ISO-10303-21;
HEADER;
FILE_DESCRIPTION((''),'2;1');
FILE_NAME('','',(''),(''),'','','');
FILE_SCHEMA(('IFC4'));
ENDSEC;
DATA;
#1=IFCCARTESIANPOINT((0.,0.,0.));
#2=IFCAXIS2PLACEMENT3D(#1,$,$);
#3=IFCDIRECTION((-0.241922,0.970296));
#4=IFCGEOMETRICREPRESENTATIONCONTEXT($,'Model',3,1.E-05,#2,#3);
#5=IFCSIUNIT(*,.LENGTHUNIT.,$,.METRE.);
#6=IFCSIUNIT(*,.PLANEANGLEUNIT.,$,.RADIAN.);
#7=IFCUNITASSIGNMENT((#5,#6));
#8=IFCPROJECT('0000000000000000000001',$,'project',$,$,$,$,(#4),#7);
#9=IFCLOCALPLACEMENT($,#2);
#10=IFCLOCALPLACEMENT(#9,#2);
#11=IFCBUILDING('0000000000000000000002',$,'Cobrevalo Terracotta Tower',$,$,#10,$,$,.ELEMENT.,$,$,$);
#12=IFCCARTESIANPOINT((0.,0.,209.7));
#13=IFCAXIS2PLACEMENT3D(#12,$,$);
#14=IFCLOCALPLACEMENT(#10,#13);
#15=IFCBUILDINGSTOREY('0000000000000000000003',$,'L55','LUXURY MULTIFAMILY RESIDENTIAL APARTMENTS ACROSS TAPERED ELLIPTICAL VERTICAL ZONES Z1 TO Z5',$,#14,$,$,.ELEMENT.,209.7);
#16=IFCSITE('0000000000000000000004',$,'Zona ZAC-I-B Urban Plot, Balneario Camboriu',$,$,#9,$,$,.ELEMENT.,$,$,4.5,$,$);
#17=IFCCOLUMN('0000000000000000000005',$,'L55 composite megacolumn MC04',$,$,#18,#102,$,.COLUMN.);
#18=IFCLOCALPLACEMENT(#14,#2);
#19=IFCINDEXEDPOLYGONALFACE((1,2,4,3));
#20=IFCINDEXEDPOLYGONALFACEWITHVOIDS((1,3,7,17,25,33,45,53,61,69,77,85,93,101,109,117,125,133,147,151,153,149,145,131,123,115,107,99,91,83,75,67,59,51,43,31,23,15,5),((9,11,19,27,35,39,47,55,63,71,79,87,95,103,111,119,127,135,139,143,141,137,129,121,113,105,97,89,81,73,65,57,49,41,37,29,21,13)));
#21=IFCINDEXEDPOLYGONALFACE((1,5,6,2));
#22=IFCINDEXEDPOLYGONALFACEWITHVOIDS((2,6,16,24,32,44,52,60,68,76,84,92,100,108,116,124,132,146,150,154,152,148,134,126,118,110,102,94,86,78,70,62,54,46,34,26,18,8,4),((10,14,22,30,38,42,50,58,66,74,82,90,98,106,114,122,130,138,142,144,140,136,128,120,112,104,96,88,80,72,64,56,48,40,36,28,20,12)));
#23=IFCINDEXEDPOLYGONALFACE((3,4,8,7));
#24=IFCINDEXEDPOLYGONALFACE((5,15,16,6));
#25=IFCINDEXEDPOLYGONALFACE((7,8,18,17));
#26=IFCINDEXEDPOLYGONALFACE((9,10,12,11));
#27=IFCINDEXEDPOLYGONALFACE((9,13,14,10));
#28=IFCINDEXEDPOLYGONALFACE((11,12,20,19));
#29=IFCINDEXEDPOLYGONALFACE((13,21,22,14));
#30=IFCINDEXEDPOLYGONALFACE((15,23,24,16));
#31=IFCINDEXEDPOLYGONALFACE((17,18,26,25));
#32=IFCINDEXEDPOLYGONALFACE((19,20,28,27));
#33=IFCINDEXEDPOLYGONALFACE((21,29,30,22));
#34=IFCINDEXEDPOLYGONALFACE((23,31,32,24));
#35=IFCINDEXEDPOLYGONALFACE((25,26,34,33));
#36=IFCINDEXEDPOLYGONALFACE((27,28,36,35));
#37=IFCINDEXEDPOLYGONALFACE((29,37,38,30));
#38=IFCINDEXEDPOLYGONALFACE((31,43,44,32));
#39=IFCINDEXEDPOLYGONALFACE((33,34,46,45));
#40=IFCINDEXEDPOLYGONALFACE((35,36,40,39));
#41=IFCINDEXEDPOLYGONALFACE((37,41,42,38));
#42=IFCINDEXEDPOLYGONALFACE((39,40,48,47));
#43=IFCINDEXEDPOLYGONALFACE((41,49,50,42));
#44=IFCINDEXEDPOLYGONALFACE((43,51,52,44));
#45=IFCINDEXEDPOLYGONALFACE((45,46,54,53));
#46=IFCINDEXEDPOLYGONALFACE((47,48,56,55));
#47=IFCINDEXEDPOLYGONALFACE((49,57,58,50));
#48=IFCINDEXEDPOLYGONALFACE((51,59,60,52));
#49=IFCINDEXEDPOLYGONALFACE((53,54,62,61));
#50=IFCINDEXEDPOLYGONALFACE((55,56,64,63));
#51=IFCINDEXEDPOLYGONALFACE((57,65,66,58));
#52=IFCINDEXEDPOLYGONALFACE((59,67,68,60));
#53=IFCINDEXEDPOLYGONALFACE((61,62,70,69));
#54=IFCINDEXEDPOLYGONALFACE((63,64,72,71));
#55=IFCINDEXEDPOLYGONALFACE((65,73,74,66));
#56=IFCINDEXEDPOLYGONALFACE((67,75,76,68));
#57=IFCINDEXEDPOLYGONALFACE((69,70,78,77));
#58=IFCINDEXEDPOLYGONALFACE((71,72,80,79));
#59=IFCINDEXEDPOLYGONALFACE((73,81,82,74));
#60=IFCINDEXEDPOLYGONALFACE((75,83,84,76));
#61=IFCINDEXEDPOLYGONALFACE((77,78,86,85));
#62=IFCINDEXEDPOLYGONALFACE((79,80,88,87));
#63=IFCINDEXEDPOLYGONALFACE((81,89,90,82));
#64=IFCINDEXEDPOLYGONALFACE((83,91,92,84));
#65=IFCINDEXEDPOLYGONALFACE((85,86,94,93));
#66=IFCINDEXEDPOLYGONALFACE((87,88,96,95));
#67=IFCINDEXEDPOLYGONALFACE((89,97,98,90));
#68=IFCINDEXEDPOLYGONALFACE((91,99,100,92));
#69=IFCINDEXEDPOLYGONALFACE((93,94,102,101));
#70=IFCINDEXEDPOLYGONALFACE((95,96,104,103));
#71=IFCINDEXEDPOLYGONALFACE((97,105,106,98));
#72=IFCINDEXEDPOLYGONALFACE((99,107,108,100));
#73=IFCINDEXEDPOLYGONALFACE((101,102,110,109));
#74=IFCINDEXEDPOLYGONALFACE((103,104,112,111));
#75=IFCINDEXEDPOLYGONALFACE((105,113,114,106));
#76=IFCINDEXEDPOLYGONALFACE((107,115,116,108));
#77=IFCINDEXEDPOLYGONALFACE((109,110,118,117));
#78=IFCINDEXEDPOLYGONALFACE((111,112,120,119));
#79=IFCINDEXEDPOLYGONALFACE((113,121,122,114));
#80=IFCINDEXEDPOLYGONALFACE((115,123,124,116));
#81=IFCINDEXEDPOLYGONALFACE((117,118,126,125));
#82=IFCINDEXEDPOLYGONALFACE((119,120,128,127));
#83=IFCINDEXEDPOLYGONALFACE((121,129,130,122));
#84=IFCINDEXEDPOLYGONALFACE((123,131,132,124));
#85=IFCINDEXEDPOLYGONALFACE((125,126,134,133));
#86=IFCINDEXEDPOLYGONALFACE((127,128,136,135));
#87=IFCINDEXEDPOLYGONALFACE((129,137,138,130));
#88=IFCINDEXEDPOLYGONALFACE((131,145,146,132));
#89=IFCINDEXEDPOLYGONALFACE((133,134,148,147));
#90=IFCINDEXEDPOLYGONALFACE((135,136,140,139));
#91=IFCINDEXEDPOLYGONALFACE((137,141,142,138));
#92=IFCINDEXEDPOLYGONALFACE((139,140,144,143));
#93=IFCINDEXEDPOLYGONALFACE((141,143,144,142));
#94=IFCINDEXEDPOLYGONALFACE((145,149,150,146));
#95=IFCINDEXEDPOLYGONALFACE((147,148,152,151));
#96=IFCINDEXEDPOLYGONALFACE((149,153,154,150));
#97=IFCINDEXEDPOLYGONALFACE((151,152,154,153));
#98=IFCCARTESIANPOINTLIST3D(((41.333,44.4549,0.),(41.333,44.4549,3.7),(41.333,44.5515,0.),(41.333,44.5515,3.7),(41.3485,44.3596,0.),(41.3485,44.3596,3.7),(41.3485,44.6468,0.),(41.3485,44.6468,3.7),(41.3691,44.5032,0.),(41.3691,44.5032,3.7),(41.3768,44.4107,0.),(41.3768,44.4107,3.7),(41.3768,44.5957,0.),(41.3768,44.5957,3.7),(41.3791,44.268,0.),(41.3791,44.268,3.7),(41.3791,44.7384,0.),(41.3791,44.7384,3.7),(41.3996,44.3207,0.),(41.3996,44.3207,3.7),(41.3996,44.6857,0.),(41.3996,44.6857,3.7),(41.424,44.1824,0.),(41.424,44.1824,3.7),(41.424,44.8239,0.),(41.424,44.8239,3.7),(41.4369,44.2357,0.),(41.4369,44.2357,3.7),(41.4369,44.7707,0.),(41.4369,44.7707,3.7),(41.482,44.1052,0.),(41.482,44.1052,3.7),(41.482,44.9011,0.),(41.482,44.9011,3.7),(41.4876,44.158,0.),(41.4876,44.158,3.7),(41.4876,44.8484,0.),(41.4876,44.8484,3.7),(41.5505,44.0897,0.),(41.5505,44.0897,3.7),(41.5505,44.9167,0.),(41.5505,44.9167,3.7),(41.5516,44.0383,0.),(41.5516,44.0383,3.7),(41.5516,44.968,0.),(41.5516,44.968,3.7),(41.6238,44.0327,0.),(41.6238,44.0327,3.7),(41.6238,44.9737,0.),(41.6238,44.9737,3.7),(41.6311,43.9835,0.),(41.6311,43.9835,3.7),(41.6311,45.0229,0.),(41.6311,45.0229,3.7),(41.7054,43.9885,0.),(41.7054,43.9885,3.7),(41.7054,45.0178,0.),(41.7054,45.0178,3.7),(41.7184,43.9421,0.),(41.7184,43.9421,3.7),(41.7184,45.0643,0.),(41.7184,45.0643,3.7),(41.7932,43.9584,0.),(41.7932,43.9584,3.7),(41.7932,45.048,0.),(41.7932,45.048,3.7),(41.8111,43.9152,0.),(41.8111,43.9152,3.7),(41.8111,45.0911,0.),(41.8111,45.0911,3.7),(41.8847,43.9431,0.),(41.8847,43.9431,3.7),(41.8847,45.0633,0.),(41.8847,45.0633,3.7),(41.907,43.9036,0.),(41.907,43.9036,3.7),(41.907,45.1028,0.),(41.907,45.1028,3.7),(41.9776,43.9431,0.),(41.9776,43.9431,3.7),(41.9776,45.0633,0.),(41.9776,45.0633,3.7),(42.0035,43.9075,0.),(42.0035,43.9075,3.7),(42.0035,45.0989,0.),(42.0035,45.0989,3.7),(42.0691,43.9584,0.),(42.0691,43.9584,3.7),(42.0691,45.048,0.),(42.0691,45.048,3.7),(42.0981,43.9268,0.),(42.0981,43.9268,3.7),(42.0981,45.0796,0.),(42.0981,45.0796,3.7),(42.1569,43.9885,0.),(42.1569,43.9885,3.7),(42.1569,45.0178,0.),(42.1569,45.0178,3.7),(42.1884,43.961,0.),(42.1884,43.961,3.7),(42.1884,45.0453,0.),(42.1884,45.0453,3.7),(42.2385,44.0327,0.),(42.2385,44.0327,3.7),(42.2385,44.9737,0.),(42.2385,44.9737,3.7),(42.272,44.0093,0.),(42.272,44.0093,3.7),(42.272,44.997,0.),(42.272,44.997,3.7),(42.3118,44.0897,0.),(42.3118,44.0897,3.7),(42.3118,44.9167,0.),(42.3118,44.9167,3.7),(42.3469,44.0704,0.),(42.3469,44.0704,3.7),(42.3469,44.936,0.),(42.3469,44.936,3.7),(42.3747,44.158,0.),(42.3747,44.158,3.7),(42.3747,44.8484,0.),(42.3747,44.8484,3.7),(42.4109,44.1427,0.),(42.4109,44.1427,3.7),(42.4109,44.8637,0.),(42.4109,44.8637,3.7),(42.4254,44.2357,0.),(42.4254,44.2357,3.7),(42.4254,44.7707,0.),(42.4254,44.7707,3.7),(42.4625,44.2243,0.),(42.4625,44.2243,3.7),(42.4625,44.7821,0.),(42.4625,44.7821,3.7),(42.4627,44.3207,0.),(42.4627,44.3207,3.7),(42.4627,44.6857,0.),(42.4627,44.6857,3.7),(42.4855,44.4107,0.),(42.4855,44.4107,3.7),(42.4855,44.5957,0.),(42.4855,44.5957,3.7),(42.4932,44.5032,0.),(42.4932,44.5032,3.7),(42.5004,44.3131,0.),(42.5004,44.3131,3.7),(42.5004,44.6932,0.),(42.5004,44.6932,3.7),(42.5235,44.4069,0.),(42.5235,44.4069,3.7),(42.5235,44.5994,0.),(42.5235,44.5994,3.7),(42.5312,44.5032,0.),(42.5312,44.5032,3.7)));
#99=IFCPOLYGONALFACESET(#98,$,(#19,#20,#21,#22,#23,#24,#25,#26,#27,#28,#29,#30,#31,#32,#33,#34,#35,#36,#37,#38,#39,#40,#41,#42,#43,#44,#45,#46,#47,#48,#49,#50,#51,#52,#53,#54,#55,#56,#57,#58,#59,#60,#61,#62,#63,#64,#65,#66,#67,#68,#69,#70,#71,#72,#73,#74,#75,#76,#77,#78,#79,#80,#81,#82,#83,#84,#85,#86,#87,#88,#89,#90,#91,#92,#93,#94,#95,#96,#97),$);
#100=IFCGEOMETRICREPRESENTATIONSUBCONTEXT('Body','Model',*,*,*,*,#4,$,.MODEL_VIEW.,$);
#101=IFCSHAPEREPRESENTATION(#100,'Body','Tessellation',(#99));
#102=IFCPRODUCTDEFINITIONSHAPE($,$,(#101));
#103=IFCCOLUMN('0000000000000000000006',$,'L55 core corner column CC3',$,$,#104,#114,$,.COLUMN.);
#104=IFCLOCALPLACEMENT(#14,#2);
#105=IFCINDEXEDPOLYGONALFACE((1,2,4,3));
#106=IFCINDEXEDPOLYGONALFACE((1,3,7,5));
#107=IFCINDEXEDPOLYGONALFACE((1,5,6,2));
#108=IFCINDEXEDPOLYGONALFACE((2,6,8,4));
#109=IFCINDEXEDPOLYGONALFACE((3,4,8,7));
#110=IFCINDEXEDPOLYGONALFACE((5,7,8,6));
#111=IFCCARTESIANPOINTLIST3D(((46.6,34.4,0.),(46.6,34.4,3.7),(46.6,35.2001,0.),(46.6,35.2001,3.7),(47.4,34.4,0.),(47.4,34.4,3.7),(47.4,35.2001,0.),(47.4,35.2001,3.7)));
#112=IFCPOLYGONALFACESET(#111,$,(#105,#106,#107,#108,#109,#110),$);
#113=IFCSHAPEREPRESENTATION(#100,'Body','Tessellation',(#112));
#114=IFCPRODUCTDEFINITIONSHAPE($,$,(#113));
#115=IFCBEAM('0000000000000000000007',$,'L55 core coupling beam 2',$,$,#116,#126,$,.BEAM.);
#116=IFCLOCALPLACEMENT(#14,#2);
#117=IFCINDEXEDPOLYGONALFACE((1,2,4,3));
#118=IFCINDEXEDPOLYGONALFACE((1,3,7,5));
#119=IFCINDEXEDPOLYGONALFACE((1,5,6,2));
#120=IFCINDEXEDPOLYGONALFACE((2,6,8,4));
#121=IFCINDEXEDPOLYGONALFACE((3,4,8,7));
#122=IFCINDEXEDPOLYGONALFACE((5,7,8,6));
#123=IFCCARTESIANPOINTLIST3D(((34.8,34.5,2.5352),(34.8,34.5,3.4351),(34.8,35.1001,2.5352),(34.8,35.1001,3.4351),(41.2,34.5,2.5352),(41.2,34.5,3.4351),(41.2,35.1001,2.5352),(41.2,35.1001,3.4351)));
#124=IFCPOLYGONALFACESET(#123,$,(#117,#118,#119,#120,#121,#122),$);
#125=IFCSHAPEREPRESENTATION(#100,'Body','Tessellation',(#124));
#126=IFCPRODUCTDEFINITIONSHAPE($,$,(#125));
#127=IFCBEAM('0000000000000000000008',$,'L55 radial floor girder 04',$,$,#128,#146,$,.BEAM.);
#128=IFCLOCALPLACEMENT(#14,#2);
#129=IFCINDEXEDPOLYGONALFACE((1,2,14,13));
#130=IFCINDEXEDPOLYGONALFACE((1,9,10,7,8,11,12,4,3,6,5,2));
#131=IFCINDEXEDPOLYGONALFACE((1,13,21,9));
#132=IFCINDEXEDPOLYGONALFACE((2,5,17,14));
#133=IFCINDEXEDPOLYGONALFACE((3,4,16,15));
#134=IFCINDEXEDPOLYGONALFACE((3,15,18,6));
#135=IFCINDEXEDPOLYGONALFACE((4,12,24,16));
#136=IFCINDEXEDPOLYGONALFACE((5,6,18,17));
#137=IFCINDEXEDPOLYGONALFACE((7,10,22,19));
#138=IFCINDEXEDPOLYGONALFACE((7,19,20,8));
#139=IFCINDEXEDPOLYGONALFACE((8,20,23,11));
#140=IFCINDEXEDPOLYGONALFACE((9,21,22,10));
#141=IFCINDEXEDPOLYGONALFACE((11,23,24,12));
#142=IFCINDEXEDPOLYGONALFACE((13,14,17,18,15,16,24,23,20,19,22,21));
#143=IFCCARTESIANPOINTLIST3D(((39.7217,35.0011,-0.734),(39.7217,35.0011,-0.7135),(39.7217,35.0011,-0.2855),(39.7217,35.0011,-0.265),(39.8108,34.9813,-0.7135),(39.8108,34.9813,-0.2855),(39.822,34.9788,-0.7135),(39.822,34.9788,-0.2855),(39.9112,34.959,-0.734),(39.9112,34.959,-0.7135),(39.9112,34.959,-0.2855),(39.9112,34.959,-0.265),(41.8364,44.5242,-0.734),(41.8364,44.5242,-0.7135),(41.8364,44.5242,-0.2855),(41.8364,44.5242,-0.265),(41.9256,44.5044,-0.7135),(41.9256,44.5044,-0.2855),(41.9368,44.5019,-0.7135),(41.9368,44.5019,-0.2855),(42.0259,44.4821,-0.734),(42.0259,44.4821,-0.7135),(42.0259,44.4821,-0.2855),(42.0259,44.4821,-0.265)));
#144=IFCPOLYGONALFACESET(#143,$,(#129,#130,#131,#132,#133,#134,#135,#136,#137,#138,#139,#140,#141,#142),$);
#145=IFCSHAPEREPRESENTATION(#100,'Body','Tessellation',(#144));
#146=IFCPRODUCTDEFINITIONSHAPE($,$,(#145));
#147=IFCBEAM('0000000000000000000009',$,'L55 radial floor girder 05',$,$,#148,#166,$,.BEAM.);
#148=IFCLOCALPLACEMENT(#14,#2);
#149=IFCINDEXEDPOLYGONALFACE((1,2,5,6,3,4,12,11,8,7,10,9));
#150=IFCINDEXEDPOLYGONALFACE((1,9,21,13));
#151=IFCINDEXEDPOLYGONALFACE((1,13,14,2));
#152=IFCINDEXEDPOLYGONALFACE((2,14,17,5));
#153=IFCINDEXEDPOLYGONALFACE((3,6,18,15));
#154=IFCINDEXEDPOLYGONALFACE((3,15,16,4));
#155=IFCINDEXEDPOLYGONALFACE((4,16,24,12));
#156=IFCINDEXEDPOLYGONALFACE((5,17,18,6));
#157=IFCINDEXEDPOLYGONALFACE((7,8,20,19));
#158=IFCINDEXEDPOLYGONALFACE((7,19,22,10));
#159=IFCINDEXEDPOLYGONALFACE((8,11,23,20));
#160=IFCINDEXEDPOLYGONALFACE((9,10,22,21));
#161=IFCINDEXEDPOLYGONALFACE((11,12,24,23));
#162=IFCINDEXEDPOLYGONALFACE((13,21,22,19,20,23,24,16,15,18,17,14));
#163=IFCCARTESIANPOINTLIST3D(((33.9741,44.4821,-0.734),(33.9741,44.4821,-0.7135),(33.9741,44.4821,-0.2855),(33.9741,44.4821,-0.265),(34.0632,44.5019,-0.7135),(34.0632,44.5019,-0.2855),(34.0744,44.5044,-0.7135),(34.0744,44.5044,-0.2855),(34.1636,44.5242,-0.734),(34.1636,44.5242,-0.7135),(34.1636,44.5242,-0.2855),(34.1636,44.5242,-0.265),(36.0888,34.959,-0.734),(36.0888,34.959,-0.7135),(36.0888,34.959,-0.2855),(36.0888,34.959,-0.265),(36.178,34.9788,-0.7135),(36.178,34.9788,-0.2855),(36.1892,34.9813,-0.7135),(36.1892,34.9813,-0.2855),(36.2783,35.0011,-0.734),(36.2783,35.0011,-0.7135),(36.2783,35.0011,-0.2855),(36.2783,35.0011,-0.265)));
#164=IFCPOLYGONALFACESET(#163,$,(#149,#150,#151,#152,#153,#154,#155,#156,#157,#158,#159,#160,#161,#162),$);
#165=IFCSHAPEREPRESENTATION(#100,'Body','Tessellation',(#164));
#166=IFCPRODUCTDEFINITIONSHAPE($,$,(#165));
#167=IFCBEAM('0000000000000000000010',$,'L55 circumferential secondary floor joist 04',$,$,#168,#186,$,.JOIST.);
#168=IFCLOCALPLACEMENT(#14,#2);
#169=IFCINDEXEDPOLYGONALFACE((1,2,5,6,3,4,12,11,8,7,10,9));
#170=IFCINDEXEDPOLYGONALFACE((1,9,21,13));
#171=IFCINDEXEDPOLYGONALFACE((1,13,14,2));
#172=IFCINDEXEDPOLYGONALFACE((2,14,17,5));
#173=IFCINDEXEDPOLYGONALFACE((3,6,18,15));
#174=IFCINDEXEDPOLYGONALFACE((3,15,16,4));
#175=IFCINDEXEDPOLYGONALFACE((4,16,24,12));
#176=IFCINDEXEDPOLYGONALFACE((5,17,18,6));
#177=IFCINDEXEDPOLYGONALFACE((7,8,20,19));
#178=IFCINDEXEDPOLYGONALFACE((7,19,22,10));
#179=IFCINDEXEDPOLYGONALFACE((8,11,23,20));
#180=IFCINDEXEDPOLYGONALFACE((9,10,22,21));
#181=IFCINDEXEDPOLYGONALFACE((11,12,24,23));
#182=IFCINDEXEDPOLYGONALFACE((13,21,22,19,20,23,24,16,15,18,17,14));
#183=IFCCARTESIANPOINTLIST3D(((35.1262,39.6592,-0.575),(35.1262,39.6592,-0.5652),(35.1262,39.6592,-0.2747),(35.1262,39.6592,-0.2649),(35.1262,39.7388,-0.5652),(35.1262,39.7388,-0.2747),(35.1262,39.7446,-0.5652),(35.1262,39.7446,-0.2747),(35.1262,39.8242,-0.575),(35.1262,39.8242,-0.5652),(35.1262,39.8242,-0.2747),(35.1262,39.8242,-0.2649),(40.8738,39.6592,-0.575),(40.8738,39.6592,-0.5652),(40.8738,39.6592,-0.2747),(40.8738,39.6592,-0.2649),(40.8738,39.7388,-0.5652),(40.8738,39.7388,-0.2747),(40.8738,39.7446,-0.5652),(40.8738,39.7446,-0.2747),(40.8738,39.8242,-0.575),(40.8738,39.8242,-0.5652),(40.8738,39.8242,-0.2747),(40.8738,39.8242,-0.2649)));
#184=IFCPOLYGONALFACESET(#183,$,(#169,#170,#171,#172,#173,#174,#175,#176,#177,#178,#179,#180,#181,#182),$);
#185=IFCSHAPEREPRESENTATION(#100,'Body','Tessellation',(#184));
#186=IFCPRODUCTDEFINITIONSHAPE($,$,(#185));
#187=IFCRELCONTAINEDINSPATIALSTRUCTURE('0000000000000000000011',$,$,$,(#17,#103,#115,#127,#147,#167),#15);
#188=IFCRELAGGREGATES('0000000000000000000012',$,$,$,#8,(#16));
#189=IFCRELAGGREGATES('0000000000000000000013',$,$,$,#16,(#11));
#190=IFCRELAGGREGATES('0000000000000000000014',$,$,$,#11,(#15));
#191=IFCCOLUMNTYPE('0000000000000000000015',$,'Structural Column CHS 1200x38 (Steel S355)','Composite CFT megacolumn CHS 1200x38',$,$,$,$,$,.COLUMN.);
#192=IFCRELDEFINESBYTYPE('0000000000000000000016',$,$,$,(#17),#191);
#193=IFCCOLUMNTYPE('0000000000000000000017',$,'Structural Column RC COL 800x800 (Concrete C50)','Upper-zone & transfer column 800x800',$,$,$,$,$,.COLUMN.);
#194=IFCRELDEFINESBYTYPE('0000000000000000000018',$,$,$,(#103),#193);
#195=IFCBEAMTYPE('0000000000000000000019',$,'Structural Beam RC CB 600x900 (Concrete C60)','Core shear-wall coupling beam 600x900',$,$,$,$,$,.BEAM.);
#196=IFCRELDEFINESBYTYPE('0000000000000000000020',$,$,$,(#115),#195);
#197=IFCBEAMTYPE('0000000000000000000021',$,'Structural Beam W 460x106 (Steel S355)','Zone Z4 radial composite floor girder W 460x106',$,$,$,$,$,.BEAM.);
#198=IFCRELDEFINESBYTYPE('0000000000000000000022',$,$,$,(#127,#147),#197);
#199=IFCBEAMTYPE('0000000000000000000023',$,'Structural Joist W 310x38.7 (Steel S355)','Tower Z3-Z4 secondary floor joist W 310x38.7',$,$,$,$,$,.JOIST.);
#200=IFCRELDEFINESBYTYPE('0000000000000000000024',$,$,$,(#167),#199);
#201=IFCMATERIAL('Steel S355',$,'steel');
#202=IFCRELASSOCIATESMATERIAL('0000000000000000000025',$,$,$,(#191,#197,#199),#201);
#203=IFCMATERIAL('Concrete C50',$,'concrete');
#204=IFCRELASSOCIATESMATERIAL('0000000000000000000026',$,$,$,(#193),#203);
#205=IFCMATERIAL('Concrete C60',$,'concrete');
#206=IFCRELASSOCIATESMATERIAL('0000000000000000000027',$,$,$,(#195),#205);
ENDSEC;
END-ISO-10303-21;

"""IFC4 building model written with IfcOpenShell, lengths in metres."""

from ifc_helpers import new_model, si_unit, direction, frame, origin, origin_2d, place, context, subcontext, project, spatial, rectangle, hollow_circle, i_section, extrude, material, material_profile, profile_set, type_object, element, save


model = new_model("IFC4")

# Units and contexts
model_context = context("Model", 3, precision=1e-05, world=origin(), true_north=direction((-0.241922, 0.970296)))
body_context = subcontext(model_context, "Body", "Model", "MODEL_VIEW")
ifc_project = project(units=[si_unit("LENGTHUNIT", "METRE"), si_unit("PLANEANGLEUNIT", "RADIAN")], contexts=[model_context])

# Site, building, storey
site_placement = place(None, origin())
site = spatial("IfcSite", under=ifc_project, at=site_placement, Name="Zona ZAC-I-B Urban Plot, Balneario Camboriu", CompositionType="ELEMENT", RefElevation=4.5)
building_placement = place(site_placement, origin())
building = spatial("IfcBuilding", under=site, at=building_placement, Name="Cobrevalo Terracotta Tower", CompositionType="ELEMENT")
storey_placement = place(building_placement, frame((0.0, 0.0, 209.7)))
storey = spatial("IfcBuildingStorey", under=building, at=storey_placement, Name="L55", Description="LUXURY MULTIFAMILY RESIDENTIAL APARTMENTS ACROSS TAPERED ELLIPTICAL VERTICAL ZONES Z1 TO Z5", CompositionType="ELEMENT", Elevation=209.7)

# Columns
ifc_material_1 = material(Name="Steel S355", Category="steel")
ifc_material_profile_1 = material_profile(ifc_material_1, hollow_circle(Radius=0.6001, WallThickness=0.0381, at=origin_2d()), Name="CHS 1200x38")
ifc_profile_set_1 = profile_set([ifc_material_profile_1], Name="Steel S355")
column_type_1 = type_object("IfcColumnType", Name="Structural Column CHS 1200x38 (Steel S355)", Description="Composite CFT megacolumn CHS 1200x38", PredefinedType="COLUMN", material=ifc_profile_set_1)
column_1_placement = place(storey_placement, frame((41.9312, 44.5032, 0.0), z_axis=(0.0, 0.0, 1.0), x_axis=(1.0, 0.0, 0.0)))
element("IfcColumn", 1, at=column_1_placement, inside=storey, type_object=column_type_1, Name="L55 composite megacolumn MC04", PredefinedType="COLUMN", context=body_context, shape_type="SweptSolid", body=[
    extrude(hollow_circle(Radius=0.6001, WallThickness=0.0381, at=origin_2d()), origin(), (0.0, 0.0, 1.0), 3.7),
])
ifc_material_2 = material(Name="Concrete C50", Category="concrete")
ifc_material_profile_2 = material_profile(ifc_material_2, rectangle(XDim=0.8, YDim=0.8, at=origin_2d()), Name="RC COL 800x800")
ifc_profile_set_2 = profile_set([ifc_material_profile_2], Name="Concrete C50")
column_type_2 = type_object("IfcColumnType", Name="Structural Column RC COL 800x800 (Concrete C50)", Description="Upper-zone & transfer column 800x800", PredefinedType="COLUMN", material=ifc_profile_set_2)
column_2_placement = place(storey_placement, frame((47.0, 34.8, 0.0), z_axis=(0.0, 0.0, 1.0), x_axis=(1.0, 0.0, 0.0)))
element("IfcColumn", 2, at=column_2_placement, inside=storey, type_object=column_type_2, Name="L55 core corner column CC3", PredefinedType="COLUMN", context=body_context, shape_type="SweptSolid", body=[
    extrude(rectangle(XDim=0.8, YDim=0.8, at=origin_2d()), origin(), (0.0, 0.0, 1.0), 3.7),
])

# Beams
ifc_material_3 = material(Name="Concrete C60", Category="concrete")
ifc_material_profile_3 = material_profile(ifc_material_3, rectangle(XDim=0.6001, YDim=0.8999, at=origin_2d()), Name="RC CB 600x900")
ifc_profile_set_3 = profile_set([ifc_material_profile_3], Name="Concrete C60")
beam_type_1 = type_object("IfcBeamType", Name="Structural Beam RC CB 600x900 (Concrete C60)", Description="Core shear-wall coupling beam 600x900", PredefinedType="BEAM", material=ifc_profile_set_3)
beam_1_placement = place(storey_placement, frame((34.8, 34.8, 2.9851), z_axis=(1.0, 0.0, 0.0), x_axis=(0.0, 1.0, 0.0)))
element("IfcBeam", 3, at=beam_1_placement, inside=storey, type_object=beam_type_1, Name="L55 core coupling beam 2", PredefinedType="BEAM", context=body_context, shape_type="SweptSolid", body=[
    extrude(rectangle(XDim=0.6001, YDim=0.8999, at=origin_2d()), origin(), (0.0, 0.0, 1.0), 6.3999),
])
ifc_material_profile_4 = material_profile(ifc_material_1, i_section(OverallWidth=0.1941, OverallDepth=0.469, WebThickness=0.0115, FlangeThickness=0.0205, at=origin_2d()), Name="W 460x106")
ifc_profile_set_4 = profile_set([ifc_material_profile_4], Name="Steel S355")
beam_type_2 = type_object("IfcBeamType", Name="Structural Beam W 460x106 (Steel S355)", Description="Zone Z4 radial composite floor girder W 460x106", PredefinedType="BEAM", material=ifc_profile_set_4)
for number, where, z_axis, x_axis, name in (
    (4, (41.9312, 44.5032, -0.4995), (-0.216782, -0.97622, 0.0), (0.97622, -0.216782, 0.0), "L55 radial floor girder 04"),
    (5, (34.0688, 44.5032, -0.4995), (0.216782, -0.97622, 0.0), (0.97622, 0.216782, 0.0), "L55 radial floor girder 05"),
):
    element("IfcBeam", number, at=place(storey_placement, frame(where, z_axis=z_axis, x_axis=x_axis)), inside=storey, type_object=beam_type_2, Name=name, PredefinedType="BEAM", context=body_context, shape_type="SweptSolid", body=[
        extrude(i_section(OverallWidth=0.1941, OverallDepth=0.469, WebThickness=0.0115, FlangeThickness=0.0205, at=origin_2d()), origin(), (0.0, 0.0, 1.0), 9.7551),
    ])
ifc_material_profile_5 = material_profile(ifc_material_1, i_section(OverallWidth=0.165, OverallDepth=0.3101, WebThickness=0.0059, FlangeThickness=0.0098, at=origin_2d()), Name="W 310x38.7")
ifc_profile_set_5 = profile_set([ifc_material_profile_5], Name="Steel S355")
beam_type_3 = type_object("IfcBeamType", Name="Structural Joist W 310x38.7 (Steel S355)", Description="Tower Z3-Z4 secondary floor joist W 310x38.7", PredefinedType="JOIST", material=ifc_profile_set_5)
beam_2_placement = place(storey_placement, frame((40.8738, 39.7417, -0.4199), z_axis=(-1.0, 0.0, 0.0), x_axis=(0.0, -1.0, 0.0)))
element("IfcBeam", 6, at=beam_2_placement, inside=storey, type_object=beam_type_3, Name="L55 circumferential secondary floor joist 04", PredefinedType="JOIST", context=body_context, shape_type="SweptSolid", body=[
    extrude(i_section(OverallWidth=0.165, OverallDepth=0.3101, WebThickness=0.0059, FlangeThickness=0.0098, at=origin_2d()), origin(), (0.0, 0.0, 1.0), 5.7476),
])

save(model, "model.ifc")
